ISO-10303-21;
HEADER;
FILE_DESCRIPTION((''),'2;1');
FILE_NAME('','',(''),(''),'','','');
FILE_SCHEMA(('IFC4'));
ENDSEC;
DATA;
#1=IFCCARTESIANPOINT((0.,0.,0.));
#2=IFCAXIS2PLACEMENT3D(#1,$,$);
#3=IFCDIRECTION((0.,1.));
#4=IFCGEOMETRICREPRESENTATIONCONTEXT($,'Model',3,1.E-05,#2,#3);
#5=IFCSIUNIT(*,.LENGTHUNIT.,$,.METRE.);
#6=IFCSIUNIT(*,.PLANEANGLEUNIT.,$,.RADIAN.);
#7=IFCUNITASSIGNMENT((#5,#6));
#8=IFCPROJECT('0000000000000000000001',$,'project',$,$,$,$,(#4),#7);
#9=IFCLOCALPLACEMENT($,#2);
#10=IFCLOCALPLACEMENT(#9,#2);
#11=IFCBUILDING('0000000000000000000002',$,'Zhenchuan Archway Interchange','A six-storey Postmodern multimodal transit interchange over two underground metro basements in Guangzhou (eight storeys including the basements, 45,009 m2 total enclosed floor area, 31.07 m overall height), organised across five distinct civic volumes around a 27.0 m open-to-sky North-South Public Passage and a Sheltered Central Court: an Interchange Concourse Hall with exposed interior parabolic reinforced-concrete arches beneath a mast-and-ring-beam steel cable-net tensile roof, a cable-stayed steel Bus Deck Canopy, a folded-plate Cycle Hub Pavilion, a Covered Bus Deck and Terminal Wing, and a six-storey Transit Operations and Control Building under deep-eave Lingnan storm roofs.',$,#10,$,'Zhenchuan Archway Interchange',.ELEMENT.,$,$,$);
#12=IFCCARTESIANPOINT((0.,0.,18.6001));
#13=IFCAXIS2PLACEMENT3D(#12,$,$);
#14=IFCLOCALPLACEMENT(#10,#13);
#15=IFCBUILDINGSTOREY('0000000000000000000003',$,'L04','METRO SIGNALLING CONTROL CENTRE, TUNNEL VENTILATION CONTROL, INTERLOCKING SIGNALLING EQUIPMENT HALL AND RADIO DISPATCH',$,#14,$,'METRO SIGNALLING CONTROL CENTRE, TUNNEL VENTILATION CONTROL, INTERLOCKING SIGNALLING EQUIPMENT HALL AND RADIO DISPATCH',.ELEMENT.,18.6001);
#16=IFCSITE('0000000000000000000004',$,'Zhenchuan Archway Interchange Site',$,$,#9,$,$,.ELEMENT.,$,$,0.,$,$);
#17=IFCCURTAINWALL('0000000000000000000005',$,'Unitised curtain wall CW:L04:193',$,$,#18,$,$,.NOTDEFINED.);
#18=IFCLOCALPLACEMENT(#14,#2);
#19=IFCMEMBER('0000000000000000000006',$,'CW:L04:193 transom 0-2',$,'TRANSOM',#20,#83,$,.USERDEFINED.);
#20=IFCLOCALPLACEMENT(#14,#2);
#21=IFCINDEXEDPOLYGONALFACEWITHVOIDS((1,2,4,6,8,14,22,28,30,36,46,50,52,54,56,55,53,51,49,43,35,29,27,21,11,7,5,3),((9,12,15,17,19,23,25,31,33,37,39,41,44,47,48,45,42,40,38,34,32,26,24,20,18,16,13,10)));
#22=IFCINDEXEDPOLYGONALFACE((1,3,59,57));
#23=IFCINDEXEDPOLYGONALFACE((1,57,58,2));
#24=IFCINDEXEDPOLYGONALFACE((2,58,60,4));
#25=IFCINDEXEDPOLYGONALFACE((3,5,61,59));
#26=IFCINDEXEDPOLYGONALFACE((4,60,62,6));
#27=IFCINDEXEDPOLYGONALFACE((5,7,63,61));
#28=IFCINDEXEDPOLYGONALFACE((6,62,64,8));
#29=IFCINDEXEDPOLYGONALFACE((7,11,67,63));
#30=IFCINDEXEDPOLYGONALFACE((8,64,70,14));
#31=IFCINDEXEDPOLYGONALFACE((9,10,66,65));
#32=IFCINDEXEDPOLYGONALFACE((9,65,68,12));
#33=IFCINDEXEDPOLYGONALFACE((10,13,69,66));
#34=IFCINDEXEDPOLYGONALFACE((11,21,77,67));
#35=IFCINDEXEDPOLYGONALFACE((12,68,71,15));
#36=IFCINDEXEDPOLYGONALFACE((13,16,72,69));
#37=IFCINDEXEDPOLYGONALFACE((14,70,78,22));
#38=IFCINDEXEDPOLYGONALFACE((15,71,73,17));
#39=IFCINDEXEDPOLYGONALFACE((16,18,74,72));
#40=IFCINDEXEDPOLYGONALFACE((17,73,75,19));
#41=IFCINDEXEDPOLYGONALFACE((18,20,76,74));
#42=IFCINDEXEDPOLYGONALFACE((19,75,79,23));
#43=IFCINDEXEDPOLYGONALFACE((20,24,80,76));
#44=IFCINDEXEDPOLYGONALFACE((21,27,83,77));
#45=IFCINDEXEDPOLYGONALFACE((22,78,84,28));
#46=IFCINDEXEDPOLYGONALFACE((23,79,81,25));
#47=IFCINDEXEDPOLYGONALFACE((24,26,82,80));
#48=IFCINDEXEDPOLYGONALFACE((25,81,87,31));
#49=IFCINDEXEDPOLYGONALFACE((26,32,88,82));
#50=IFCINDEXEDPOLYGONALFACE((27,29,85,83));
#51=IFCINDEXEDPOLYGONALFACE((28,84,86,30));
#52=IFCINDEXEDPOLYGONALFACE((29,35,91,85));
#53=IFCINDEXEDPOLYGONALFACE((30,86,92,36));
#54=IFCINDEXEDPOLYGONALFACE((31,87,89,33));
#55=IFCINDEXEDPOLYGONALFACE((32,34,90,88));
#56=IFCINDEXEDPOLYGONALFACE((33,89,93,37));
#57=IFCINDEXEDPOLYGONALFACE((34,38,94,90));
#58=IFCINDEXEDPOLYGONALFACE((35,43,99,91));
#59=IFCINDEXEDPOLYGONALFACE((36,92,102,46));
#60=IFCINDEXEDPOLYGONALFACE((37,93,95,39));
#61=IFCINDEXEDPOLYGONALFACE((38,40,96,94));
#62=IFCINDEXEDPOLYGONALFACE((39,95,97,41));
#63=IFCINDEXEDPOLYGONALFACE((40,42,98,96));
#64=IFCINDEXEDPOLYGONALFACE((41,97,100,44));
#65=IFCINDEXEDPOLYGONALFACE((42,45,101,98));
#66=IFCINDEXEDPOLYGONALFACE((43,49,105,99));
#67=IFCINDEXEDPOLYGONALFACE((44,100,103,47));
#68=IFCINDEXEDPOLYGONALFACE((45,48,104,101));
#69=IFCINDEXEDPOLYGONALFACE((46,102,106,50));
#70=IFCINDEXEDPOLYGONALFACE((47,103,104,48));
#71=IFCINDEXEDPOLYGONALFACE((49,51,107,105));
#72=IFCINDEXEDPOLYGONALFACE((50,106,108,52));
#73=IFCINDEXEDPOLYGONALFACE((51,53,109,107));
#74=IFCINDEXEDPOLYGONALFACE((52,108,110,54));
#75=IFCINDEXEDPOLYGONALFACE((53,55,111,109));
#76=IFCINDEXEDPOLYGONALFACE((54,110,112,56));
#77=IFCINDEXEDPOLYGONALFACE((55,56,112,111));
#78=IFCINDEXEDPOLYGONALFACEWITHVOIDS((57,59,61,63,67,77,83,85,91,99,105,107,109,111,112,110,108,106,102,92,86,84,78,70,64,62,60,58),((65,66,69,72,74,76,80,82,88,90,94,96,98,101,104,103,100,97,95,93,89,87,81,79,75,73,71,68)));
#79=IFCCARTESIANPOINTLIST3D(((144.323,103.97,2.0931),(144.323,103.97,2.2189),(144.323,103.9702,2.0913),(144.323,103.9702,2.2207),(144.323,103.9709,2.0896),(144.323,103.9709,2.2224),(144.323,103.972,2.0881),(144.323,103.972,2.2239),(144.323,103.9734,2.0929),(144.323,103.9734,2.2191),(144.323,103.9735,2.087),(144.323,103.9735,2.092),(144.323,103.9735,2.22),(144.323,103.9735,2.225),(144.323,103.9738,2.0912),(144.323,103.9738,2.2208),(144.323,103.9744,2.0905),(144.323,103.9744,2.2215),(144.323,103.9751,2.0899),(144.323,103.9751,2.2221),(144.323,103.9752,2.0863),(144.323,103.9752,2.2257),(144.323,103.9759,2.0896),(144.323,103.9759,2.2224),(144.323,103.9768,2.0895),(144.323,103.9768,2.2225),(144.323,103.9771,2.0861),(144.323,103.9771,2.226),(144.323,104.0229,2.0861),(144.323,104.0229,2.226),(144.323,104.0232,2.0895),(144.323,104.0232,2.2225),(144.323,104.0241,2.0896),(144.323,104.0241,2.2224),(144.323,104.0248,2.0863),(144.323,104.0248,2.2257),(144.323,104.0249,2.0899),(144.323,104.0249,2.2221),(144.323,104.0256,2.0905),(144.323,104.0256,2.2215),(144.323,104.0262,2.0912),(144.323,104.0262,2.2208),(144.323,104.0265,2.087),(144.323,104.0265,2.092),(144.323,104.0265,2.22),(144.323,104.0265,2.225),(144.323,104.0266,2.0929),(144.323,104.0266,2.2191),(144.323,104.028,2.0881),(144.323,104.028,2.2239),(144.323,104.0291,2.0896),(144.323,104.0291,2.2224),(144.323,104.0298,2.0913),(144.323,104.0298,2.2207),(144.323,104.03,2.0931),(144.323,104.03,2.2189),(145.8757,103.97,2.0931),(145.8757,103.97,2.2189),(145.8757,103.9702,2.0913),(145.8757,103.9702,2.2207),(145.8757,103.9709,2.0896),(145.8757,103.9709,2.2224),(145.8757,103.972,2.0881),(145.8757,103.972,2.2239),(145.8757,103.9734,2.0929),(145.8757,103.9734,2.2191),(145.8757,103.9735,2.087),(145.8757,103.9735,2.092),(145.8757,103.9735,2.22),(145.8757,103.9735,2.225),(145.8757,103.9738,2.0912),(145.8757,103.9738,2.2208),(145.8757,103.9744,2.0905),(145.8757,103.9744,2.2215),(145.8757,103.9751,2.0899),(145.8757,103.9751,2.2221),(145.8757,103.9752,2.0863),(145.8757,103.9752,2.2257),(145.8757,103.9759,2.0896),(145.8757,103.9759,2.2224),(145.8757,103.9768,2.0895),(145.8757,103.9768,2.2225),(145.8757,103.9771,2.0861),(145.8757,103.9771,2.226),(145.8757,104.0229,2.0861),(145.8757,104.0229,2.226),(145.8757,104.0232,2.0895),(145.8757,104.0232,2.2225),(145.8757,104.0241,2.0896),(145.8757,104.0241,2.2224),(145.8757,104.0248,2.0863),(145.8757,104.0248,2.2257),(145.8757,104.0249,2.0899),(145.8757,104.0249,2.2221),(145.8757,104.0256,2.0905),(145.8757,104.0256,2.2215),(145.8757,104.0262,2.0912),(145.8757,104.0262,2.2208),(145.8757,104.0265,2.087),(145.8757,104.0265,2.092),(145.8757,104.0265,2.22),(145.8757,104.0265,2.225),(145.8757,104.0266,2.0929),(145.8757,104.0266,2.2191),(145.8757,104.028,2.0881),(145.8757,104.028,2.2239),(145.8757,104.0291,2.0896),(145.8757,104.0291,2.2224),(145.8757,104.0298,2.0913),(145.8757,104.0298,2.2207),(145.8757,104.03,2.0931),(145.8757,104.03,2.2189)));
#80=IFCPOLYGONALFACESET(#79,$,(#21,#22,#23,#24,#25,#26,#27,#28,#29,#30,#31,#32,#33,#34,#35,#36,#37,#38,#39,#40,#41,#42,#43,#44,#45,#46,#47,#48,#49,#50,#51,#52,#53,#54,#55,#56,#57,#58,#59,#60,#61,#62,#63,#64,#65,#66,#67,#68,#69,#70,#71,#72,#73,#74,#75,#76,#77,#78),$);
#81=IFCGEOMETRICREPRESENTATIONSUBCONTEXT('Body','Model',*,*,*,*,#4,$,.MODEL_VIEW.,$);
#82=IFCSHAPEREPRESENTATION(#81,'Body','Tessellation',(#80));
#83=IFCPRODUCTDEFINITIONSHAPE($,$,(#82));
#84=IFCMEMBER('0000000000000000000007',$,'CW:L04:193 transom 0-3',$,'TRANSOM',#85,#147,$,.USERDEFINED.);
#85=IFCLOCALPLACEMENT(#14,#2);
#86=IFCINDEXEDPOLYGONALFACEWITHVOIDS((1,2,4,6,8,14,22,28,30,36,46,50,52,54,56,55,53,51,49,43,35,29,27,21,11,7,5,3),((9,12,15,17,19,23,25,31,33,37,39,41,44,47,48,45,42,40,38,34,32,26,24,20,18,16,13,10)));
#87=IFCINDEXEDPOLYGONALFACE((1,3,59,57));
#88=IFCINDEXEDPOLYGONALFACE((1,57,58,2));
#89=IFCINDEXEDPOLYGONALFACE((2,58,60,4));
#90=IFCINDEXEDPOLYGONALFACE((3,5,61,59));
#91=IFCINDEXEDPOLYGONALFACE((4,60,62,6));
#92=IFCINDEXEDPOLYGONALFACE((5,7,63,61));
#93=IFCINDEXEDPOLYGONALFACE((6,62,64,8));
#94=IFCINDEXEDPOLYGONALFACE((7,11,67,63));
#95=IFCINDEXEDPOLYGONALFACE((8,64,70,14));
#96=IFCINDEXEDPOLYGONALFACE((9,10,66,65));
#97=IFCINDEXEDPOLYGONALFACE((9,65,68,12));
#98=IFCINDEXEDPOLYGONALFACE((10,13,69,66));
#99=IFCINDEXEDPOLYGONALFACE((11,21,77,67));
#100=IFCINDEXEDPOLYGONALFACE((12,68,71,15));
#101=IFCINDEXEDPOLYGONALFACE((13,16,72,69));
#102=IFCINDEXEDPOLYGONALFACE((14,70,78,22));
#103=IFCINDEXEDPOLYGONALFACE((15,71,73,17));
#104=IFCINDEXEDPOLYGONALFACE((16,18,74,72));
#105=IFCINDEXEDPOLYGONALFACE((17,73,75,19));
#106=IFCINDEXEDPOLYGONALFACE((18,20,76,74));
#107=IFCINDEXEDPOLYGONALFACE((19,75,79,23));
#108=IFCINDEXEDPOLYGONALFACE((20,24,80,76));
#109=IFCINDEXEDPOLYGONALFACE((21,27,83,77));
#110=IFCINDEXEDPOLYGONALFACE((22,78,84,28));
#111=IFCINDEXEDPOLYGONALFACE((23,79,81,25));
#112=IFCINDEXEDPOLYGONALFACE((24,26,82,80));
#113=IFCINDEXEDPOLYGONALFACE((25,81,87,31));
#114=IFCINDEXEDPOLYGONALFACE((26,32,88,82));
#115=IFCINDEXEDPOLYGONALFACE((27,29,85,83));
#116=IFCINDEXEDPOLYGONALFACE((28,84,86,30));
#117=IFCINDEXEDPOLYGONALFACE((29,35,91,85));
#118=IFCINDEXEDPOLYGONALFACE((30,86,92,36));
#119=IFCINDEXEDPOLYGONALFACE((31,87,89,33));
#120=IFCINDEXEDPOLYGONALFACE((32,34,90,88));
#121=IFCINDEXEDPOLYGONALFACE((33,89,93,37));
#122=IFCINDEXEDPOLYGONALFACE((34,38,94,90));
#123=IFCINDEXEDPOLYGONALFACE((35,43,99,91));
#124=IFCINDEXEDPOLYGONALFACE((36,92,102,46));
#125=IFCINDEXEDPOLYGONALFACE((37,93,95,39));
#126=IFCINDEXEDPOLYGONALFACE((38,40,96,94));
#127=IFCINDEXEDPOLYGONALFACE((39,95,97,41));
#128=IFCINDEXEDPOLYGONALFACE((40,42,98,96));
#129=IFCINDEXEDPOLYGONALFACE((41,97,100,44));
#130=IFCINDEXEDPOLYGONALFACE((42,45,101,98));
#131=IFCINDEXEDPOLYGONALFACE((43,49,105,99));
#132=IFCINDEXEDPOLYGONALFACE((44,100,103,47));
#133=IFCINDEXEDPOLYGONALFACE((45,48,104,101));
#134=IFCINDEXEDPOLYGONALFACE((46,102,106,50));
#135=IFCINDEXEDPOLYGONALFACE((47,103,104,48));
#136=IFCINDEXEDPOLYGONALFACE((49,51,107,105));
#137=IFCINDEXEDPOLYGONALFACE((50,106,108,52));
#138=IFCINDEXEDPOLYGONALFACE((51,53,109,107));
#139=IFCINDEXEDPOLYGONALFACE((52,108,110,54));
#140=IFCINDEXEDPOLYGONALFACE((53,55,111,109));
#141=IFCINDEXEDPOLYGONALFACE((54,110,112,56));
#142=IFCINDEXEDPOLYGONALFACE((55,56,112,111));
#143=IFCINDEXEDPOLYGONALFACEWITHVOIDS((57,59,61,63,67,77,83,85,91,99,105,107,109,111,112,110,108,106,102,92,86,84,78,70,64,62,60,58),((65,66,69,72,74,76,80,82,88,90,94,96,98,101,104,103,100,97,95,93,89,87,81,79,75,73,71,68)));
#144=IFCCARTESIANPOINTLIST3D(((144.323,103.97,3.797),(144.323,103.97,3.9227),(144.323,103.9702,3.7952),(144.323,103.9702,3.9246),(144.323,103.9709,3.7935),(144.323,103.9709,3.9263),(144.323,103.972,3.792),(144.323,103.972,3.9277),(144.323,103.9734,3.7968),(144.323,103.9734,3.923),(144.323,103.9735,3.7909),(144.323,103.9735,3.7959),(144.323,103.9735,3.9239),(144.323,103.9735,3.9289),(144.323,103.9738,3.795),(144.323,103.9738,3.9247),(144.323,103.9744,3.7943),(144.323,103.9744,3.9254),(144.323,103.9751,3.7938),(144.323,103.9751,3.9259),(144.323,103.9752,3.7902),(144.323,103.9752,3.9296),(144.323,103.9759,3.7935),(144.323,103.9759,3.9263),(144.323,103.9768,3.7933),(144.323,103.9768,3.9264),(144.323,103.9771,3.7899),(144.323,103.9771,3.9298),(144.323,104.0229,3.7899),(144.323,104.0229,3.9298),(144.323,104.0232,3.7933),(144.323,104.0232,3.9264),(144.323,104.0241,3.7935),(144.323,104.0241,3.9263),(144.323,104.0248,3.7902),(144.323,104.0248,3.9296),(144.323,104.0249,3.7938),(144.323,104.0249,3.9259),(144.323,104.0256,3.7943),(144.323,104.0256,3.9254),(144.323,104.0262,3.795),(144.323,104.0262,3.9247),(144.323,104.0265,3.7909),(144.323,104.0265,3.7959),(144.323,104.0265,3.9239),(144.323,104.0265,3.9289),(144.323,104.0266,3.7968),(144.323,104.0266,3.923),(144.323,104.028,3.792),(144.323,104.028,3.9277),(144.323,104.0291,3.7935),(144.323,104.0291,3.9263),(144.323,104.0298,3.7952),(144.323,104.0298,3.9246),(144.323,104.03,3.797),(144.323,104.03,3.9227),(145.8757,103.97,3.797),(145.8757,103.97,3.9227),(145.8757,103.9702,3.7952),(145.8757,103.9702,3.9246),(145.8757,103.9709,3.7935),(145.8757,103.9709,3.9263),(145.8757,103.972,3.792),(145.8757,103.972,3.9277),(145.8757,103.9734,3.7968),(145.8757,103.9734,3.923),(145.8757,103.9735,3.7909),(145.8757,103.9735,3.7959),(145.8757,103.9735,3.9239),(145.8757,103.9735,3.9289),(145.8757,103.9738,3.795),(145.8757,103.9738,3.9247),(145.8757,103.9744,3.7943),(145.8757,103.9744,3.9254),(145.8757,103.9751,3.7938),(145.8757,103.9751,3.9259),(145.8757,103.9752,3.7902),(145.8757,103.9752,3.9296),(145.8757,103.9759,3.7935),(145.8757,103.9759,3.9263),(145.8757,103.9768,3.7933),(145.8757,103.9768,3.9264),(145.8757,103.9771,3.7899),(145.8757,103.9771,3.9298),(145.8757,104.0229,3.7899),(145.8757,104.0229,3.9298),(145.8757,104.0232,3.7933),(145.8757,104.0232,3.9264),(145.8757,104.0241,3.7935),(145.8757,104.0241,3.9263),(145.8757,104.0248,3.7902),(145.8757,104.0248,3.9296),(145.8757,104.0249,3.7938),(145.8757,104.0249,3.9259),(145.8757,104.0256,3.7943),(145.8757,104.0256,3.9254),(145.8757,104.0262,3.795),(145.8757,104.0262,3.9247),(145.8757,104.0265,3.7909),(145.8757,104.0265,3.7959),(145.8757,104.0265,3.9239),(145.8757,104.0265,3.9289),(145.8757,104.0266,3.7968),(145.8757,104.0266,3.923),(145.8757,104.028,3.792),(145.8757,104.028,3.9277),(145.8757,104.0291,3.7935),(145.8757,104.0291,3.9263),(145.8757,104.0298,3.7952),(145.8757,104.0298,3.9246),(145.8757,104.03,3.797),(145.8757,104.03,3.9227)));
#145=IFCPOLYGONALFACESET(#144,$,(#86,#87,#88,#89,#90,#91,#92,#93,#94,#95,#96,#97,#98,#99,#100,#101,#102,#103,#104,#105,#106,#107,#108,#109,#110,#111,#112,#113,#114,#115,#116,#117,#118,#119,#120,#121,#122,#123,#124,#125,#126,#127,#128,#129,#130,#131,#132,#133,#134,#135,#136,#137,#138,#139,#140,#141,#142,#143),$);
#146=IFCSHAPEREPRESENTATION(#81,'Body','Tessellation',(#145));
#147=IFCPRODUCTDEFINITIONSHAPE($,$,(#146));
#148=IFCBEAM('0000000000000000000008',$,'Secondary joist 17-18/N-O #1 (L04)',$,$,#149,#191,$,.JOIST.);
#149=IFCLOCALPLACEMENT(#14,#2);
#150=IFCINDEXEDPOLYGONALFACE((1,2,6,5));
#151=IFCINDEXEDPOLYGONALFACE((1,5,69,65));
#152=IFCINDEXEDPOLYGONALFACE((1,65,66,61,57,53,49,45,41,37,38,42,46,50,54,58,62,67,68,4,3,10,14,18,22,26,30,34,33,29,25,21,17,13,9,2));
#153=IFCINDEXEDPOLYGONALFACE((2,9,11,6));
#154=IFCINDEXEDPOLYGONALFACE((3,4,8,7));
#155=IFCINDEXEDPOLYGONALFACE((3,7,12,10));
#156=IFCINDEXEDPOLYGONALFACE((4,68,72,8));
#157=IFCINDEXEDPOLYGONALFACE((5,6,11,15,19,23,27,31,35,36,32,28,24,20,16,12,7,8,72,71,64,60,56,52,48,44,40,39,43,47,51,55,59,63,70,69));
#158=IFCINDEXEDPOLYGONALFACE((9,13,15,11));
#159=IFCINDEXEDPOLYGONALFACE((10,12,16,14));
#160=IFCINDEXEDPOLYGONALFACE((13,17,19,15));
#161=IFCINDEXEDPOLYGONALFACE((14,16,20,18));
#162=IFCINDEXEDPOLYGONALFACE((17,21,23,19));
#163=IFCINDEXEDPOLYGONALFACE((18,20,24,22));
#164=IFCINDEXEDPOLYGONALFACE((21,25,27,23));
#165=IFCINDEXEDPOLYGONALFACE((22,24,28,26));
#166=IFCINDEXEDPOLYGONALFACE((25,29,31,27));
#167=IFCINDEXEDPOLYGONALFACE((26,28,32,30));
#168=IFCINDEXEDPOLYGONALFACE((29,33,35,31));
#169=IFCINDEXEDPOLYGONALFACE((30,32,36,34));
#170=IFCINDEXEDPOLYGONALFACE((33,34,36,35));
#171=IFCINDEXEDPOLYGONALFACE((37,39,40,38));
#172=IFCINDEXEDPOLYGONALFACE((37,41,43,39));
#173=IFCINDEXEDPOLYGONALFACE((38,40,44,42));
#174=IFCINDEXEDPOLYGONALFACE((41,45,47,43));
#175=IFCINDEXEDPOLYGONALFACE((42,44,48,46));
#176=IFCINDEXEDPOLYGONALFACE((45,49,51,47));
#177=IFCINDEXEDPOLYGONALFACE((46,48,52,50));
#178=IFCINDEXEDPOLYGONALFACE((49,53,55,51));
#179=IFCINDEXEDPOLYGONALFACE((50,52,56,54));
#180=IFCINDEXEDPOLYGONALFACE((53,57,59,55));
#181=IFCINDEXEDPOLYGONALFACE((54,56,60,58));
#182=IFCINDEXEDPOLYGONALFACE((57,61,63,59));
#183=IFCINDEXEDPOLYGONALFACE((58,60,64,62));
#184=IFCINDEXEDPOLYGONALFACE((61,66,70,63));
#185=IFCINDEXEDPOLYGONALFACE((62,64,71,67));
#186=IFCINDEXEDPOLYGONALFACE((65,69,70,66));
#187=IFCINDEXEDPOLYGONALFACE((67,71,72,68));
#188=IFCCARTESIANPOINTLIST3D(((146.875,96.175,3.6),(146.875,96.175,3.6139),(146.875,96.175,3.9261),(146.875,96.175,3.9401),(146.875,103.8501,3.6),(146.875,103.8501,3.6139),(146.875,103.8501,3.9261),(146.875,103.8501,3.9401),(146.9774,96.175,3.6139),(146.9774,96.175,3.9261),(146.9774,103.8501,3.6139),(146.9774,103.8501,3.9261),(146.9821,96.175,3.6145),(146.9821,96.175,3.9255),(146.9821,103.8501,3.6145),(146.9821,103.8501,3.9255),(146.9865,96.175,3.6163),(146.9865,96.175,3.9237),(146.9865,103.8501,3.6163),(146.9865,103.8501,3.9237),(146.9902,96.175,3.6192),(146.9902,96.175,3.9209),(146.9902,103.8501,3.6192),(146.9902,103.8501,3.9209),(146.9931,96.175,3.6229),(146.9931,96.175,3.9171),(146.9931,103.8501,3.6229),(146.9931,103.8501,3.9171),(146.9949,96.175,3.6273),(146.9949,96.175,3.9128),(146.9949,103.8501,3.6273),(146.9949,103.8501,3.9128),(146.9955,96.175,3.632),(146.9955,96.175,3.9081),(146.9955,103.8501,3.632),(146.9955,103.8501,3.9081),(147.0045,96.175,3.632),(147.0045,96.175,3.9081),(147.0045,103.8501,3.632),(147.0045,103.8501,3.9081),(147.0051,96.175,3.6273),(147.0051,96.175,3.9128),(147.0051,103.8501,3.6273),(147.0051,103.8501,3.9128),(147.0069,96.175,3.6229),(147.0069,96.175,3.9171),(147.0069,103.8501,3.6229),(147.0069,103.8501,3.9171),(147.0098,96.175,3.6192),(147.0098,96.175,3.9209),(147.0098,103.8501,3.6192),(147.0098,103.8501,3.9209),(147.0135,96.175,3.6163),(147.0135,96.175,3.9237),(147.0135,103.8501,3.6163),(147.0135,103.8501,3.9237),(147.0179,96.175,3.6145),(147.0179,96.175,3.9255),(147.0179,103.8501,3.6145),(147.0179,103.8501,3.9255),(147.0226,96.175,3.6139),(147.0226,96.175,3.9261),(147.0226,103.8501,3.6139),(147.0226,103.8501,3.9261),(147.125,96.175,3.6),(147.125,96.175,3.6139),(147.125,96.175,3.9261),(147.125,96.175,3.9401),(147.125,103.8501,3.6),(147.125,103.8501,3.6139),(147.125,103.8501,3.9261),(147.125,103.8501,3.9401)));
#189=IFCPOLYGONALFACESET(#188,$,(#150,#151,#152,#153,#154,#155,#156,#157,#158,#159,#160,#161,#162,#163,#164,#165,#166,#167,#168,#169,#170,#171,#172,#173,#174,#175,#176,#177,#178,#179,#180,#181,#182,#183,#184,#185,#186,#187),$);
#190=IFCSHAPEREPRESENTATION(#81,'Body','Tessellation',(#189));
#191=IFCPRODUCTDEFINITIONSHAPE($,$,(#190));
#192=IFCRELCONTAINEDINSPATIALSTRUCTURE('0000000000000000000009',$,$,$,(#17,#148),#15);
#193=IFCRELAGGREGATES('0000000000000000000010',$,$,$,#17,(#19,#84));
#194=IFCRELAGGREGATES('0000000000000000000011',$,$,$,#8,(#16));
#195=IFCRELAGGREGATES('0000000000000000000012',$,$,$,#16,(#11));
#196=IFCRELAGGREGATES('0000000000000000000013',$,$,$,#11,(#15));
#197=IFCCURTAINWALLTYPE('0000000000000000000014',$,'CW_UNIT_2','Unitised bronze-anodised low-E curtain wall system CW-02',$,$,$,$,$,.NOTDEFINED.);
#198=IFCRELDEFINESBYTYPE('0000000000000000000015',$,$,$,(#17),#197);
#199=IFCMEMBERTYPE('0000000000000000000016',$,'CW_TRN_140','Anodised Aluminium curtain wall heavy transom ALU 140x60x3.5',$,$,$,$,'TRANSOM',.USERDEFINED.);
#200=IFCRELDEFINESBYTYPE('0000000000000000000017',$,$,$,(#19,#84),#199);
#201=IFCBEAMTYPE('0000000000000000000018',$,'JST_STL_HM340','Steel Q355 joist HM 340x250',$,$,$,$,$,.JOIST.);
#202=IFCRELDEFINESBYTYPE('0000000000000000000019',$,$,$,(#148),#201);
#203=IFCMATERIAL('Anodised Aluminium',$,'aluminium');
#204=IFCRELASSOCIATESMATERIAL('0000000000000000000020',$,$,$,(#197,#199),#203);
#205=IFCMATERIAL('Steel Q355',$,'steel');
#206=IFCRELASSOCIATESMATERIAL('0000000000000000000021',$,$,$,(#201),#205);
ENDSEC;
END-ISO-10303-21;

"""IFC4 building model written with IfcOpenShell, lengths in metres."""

from ifc_helpers import new_model, si_unit, direction, frame, origin, origin_2d, place, context, subcontext, project, spatial, hollow_rectangle, i_section, extrude, material, material_profile, profile_set, type_object, element, aggregate, save


model = new_model("IFC4")

# Units and contexts
model_context = context("Model", 3, precision=1e-05, world=origin(), true_north=direction((0.0, 1.0)))
body_context = subcontext(model_context, "Body", "Model", "MODEL_VIEW")
ifc_project = project(units=[si_unit("LENGTHUNIT", "METRE"), si_unit("PLANEANGLEUNIT", "RADIAN")], contexts=[model_context])

# Site, building, storey
site_placement = place(None, origin())
site = spatial("IfcSite", under=ifc_project, at=site_placement, Name="Zhenchuan Archway Interchange Site", CompositionType="ELEMENT", RefElevation=0.0)
building_placement = place(site_placement, origin())
building = spatial("IfcBuilding", under=site, at=building_placement, Name="Zhenchuan Archway Interchange", Description="A six-storey Postmodern multimodal transit interchange over two underground metro basements in Guangzhou (eight storeys including the basements, 45,009 m2 total enclosed floor area, 31.07 m overall height), organised across five distinct civic volumes around a 27.0 m open-to-sky North-South Public Passage and a Sheltered Central Court: an Interchange Concourse Hall with exposed interior parabolic reinforced-concrete arches beneath a mast-and-ring-beam steel cable-net tensile roof, a cable-stayed steel Bus Deck Canopy, a folded-plate Cycle Hub Pavilion, a Covered Bus Deck and Terminal Wing, and a six-storey Transit Operations and Control Building under deep-eave Lingnan storm roofs.", LongName="Zhenchuan Archway Interchange", CompositionType="ELEMENT")
storey_placement = place(building_placement, frame((0.0, 0.0, 18.6001)))
storey = spatial("IfcBuildingStorey", under=building, at=storey_placement, Name="L04", Description="METRO SIGNALLING CONTROL CENTRE, TUNNEL VENTILATION CONTROL, INTERLOCKING SIGNALLING EQUIPMENT HALL AND RADIO DISPATCH", LongName="METRO SIGNALLING CONTROL CENTRE, TUNNEL VENTILATION CONTROL, INTERLOCKING SIGNALLING EQUIPMENT HALL AND RADIO DISPATCH", CompositionType="ELEMENT", Elevation=18.6001)

# Curtain wall
ifc_material_1 = material(Name="Anodised Aluminium", Category="aluminium")
curtain_wall_type_1 = type_object("IfcCurtainWallType", Name="CW_UNIT_2", Description="Unitised bronze-anodised low-E curtain wall system CW-02", PredefinedType="NOTDEFINED", material=ifc_material_1)
curtain_wall_1_placement = place(storey_placement, origin())
curtain_wall_1 = element("IfcCurtainWall", 1, at=curtain_wall_1_placement, inside=storey, type_object=curtain_wall_type_1, Name="Unitised curtain wall CW:L04:193", PredefinedType="NOTDEFINED")

# Members
ifc_material_profile_1 = material_profile(ifc_material_1, hollow_rectangle(XDim=0.0601, YDim=0.1399, WallThickness=0.0034, InnerFilletRadius=0.0034, OuterFilletRadius=0.0071, at=origin_2d()), Name="ALU 140x60x3.5")
ifc_profile_set_1 = profile_set([ifc_material_profile_1], Name="Anodised Aluminium")
member_type_1 = type_object("IfcMemberType", Name="CW_TRN_140", Description="Anodised Aluminium curtain wall heavy transom ALU 140x60x3.5", ElementType="TRANSOM", PredefinedType="USERDEFINED", material=ifc_profile_set_1)
member_1_placement = place(storey_placement, frame((144.323, 104.0, 2.156), z_axis=(1.0, 0.0, 0.0), x_axis=(0.0, 1.0, 0.0)))
member_1 = element("IfcMember", 2, at=member_1_placement, type_object=member_type_1, Name="CW:L04:193 transom 0-2", ObjectType="TRANSOM", PredefinedType="USERDEFINED", context=body_context, shape_type="SweptSolid", body=[
    extrude(hollow_rectangle(XDim=0.0601, YDim=0.1399, WallThickness=0.0034, InnerFilletRadius=0.0034, OuterFilletRadius=0.0071, at=origin_2d()), origin(), (0.0, 0.0, 1.0), 1.5527),
])
member_2_placement = place(storey_placement, frame((144.323, 104.0, 3.8599), z_axis=(1.0, 0.0, 0.0), x_axis=(0.0, 1.0, 0.0)))
member_2 = element("IfcMember", 3, at=member_2_placement, type_object=member_type_1, Name="CW:L04:193 transom 0-3", ObjectType="TRANSOM", PredefinedType="USERDEFINED", context=body_context, shape_type="SweptSolid", body=[
    extrude(hollow_rectangle(XDim=0.0601, YDim=0.1399, WallThickness=0.0034, InnerFilletRadius=0.0034, OuterFilletRadius=0.0071, at=origin_2d()), origin(), (0.0, 0.0, 1.0), 1.5527),
])

# Beam
ifc_material_2 = material(Name="Steel Q355", Category="steel")
ifc_material_profile_2 = material_profile(ifc_material_2, i_section(OverallWidth=0.25, OverallDepth=0.3401, WebThickness=0.009, FlangeThickness=0.0139, FilletRadius=0.0181, at=origin_2d()), Name="HM 340x250")
ifc_profile_set_2 = profile_set([ifc_material_profile_2], Name="Steel Q355")
beam_type_1 = type_object("IfcBeamType", Name="JST_STL_HM340", Description="Steel Q355 joist HM 340x250", PredefinedType="JOIST", material=ifc_profile_set_2)
for number, where, z_axis, x_axis, name in (
    (4, (147.0, 96.175, 3.77), (0.0, 1.0, 0.0), (-1.0, 0.0, 0.0), "Secondary joist 17-18/N-O #1 (L04)"),
):
    element("IfcBeam", number, at=place(storey_placement, frame(where, z_axis=z_axis, x_axis=x_axis)), inside=storey, type_object=beam_type_1, Name=name, PredefinedType="JOIST", context=body_context, shape_type="SweptSolid", body=[
        extrude(i_section(OverallWidth=0.25, OverallDepth=0.3401, WebThickness=0.009, FlangeThickness=0.0139, FilletRadius=0.0181, at=origin_2d()), origin(), (0.0, 0.0, 1.0), 7.675),
    ])

aggregate(curtain_wall_1, [member_1, member_2])

save(model, "model.ifc")
